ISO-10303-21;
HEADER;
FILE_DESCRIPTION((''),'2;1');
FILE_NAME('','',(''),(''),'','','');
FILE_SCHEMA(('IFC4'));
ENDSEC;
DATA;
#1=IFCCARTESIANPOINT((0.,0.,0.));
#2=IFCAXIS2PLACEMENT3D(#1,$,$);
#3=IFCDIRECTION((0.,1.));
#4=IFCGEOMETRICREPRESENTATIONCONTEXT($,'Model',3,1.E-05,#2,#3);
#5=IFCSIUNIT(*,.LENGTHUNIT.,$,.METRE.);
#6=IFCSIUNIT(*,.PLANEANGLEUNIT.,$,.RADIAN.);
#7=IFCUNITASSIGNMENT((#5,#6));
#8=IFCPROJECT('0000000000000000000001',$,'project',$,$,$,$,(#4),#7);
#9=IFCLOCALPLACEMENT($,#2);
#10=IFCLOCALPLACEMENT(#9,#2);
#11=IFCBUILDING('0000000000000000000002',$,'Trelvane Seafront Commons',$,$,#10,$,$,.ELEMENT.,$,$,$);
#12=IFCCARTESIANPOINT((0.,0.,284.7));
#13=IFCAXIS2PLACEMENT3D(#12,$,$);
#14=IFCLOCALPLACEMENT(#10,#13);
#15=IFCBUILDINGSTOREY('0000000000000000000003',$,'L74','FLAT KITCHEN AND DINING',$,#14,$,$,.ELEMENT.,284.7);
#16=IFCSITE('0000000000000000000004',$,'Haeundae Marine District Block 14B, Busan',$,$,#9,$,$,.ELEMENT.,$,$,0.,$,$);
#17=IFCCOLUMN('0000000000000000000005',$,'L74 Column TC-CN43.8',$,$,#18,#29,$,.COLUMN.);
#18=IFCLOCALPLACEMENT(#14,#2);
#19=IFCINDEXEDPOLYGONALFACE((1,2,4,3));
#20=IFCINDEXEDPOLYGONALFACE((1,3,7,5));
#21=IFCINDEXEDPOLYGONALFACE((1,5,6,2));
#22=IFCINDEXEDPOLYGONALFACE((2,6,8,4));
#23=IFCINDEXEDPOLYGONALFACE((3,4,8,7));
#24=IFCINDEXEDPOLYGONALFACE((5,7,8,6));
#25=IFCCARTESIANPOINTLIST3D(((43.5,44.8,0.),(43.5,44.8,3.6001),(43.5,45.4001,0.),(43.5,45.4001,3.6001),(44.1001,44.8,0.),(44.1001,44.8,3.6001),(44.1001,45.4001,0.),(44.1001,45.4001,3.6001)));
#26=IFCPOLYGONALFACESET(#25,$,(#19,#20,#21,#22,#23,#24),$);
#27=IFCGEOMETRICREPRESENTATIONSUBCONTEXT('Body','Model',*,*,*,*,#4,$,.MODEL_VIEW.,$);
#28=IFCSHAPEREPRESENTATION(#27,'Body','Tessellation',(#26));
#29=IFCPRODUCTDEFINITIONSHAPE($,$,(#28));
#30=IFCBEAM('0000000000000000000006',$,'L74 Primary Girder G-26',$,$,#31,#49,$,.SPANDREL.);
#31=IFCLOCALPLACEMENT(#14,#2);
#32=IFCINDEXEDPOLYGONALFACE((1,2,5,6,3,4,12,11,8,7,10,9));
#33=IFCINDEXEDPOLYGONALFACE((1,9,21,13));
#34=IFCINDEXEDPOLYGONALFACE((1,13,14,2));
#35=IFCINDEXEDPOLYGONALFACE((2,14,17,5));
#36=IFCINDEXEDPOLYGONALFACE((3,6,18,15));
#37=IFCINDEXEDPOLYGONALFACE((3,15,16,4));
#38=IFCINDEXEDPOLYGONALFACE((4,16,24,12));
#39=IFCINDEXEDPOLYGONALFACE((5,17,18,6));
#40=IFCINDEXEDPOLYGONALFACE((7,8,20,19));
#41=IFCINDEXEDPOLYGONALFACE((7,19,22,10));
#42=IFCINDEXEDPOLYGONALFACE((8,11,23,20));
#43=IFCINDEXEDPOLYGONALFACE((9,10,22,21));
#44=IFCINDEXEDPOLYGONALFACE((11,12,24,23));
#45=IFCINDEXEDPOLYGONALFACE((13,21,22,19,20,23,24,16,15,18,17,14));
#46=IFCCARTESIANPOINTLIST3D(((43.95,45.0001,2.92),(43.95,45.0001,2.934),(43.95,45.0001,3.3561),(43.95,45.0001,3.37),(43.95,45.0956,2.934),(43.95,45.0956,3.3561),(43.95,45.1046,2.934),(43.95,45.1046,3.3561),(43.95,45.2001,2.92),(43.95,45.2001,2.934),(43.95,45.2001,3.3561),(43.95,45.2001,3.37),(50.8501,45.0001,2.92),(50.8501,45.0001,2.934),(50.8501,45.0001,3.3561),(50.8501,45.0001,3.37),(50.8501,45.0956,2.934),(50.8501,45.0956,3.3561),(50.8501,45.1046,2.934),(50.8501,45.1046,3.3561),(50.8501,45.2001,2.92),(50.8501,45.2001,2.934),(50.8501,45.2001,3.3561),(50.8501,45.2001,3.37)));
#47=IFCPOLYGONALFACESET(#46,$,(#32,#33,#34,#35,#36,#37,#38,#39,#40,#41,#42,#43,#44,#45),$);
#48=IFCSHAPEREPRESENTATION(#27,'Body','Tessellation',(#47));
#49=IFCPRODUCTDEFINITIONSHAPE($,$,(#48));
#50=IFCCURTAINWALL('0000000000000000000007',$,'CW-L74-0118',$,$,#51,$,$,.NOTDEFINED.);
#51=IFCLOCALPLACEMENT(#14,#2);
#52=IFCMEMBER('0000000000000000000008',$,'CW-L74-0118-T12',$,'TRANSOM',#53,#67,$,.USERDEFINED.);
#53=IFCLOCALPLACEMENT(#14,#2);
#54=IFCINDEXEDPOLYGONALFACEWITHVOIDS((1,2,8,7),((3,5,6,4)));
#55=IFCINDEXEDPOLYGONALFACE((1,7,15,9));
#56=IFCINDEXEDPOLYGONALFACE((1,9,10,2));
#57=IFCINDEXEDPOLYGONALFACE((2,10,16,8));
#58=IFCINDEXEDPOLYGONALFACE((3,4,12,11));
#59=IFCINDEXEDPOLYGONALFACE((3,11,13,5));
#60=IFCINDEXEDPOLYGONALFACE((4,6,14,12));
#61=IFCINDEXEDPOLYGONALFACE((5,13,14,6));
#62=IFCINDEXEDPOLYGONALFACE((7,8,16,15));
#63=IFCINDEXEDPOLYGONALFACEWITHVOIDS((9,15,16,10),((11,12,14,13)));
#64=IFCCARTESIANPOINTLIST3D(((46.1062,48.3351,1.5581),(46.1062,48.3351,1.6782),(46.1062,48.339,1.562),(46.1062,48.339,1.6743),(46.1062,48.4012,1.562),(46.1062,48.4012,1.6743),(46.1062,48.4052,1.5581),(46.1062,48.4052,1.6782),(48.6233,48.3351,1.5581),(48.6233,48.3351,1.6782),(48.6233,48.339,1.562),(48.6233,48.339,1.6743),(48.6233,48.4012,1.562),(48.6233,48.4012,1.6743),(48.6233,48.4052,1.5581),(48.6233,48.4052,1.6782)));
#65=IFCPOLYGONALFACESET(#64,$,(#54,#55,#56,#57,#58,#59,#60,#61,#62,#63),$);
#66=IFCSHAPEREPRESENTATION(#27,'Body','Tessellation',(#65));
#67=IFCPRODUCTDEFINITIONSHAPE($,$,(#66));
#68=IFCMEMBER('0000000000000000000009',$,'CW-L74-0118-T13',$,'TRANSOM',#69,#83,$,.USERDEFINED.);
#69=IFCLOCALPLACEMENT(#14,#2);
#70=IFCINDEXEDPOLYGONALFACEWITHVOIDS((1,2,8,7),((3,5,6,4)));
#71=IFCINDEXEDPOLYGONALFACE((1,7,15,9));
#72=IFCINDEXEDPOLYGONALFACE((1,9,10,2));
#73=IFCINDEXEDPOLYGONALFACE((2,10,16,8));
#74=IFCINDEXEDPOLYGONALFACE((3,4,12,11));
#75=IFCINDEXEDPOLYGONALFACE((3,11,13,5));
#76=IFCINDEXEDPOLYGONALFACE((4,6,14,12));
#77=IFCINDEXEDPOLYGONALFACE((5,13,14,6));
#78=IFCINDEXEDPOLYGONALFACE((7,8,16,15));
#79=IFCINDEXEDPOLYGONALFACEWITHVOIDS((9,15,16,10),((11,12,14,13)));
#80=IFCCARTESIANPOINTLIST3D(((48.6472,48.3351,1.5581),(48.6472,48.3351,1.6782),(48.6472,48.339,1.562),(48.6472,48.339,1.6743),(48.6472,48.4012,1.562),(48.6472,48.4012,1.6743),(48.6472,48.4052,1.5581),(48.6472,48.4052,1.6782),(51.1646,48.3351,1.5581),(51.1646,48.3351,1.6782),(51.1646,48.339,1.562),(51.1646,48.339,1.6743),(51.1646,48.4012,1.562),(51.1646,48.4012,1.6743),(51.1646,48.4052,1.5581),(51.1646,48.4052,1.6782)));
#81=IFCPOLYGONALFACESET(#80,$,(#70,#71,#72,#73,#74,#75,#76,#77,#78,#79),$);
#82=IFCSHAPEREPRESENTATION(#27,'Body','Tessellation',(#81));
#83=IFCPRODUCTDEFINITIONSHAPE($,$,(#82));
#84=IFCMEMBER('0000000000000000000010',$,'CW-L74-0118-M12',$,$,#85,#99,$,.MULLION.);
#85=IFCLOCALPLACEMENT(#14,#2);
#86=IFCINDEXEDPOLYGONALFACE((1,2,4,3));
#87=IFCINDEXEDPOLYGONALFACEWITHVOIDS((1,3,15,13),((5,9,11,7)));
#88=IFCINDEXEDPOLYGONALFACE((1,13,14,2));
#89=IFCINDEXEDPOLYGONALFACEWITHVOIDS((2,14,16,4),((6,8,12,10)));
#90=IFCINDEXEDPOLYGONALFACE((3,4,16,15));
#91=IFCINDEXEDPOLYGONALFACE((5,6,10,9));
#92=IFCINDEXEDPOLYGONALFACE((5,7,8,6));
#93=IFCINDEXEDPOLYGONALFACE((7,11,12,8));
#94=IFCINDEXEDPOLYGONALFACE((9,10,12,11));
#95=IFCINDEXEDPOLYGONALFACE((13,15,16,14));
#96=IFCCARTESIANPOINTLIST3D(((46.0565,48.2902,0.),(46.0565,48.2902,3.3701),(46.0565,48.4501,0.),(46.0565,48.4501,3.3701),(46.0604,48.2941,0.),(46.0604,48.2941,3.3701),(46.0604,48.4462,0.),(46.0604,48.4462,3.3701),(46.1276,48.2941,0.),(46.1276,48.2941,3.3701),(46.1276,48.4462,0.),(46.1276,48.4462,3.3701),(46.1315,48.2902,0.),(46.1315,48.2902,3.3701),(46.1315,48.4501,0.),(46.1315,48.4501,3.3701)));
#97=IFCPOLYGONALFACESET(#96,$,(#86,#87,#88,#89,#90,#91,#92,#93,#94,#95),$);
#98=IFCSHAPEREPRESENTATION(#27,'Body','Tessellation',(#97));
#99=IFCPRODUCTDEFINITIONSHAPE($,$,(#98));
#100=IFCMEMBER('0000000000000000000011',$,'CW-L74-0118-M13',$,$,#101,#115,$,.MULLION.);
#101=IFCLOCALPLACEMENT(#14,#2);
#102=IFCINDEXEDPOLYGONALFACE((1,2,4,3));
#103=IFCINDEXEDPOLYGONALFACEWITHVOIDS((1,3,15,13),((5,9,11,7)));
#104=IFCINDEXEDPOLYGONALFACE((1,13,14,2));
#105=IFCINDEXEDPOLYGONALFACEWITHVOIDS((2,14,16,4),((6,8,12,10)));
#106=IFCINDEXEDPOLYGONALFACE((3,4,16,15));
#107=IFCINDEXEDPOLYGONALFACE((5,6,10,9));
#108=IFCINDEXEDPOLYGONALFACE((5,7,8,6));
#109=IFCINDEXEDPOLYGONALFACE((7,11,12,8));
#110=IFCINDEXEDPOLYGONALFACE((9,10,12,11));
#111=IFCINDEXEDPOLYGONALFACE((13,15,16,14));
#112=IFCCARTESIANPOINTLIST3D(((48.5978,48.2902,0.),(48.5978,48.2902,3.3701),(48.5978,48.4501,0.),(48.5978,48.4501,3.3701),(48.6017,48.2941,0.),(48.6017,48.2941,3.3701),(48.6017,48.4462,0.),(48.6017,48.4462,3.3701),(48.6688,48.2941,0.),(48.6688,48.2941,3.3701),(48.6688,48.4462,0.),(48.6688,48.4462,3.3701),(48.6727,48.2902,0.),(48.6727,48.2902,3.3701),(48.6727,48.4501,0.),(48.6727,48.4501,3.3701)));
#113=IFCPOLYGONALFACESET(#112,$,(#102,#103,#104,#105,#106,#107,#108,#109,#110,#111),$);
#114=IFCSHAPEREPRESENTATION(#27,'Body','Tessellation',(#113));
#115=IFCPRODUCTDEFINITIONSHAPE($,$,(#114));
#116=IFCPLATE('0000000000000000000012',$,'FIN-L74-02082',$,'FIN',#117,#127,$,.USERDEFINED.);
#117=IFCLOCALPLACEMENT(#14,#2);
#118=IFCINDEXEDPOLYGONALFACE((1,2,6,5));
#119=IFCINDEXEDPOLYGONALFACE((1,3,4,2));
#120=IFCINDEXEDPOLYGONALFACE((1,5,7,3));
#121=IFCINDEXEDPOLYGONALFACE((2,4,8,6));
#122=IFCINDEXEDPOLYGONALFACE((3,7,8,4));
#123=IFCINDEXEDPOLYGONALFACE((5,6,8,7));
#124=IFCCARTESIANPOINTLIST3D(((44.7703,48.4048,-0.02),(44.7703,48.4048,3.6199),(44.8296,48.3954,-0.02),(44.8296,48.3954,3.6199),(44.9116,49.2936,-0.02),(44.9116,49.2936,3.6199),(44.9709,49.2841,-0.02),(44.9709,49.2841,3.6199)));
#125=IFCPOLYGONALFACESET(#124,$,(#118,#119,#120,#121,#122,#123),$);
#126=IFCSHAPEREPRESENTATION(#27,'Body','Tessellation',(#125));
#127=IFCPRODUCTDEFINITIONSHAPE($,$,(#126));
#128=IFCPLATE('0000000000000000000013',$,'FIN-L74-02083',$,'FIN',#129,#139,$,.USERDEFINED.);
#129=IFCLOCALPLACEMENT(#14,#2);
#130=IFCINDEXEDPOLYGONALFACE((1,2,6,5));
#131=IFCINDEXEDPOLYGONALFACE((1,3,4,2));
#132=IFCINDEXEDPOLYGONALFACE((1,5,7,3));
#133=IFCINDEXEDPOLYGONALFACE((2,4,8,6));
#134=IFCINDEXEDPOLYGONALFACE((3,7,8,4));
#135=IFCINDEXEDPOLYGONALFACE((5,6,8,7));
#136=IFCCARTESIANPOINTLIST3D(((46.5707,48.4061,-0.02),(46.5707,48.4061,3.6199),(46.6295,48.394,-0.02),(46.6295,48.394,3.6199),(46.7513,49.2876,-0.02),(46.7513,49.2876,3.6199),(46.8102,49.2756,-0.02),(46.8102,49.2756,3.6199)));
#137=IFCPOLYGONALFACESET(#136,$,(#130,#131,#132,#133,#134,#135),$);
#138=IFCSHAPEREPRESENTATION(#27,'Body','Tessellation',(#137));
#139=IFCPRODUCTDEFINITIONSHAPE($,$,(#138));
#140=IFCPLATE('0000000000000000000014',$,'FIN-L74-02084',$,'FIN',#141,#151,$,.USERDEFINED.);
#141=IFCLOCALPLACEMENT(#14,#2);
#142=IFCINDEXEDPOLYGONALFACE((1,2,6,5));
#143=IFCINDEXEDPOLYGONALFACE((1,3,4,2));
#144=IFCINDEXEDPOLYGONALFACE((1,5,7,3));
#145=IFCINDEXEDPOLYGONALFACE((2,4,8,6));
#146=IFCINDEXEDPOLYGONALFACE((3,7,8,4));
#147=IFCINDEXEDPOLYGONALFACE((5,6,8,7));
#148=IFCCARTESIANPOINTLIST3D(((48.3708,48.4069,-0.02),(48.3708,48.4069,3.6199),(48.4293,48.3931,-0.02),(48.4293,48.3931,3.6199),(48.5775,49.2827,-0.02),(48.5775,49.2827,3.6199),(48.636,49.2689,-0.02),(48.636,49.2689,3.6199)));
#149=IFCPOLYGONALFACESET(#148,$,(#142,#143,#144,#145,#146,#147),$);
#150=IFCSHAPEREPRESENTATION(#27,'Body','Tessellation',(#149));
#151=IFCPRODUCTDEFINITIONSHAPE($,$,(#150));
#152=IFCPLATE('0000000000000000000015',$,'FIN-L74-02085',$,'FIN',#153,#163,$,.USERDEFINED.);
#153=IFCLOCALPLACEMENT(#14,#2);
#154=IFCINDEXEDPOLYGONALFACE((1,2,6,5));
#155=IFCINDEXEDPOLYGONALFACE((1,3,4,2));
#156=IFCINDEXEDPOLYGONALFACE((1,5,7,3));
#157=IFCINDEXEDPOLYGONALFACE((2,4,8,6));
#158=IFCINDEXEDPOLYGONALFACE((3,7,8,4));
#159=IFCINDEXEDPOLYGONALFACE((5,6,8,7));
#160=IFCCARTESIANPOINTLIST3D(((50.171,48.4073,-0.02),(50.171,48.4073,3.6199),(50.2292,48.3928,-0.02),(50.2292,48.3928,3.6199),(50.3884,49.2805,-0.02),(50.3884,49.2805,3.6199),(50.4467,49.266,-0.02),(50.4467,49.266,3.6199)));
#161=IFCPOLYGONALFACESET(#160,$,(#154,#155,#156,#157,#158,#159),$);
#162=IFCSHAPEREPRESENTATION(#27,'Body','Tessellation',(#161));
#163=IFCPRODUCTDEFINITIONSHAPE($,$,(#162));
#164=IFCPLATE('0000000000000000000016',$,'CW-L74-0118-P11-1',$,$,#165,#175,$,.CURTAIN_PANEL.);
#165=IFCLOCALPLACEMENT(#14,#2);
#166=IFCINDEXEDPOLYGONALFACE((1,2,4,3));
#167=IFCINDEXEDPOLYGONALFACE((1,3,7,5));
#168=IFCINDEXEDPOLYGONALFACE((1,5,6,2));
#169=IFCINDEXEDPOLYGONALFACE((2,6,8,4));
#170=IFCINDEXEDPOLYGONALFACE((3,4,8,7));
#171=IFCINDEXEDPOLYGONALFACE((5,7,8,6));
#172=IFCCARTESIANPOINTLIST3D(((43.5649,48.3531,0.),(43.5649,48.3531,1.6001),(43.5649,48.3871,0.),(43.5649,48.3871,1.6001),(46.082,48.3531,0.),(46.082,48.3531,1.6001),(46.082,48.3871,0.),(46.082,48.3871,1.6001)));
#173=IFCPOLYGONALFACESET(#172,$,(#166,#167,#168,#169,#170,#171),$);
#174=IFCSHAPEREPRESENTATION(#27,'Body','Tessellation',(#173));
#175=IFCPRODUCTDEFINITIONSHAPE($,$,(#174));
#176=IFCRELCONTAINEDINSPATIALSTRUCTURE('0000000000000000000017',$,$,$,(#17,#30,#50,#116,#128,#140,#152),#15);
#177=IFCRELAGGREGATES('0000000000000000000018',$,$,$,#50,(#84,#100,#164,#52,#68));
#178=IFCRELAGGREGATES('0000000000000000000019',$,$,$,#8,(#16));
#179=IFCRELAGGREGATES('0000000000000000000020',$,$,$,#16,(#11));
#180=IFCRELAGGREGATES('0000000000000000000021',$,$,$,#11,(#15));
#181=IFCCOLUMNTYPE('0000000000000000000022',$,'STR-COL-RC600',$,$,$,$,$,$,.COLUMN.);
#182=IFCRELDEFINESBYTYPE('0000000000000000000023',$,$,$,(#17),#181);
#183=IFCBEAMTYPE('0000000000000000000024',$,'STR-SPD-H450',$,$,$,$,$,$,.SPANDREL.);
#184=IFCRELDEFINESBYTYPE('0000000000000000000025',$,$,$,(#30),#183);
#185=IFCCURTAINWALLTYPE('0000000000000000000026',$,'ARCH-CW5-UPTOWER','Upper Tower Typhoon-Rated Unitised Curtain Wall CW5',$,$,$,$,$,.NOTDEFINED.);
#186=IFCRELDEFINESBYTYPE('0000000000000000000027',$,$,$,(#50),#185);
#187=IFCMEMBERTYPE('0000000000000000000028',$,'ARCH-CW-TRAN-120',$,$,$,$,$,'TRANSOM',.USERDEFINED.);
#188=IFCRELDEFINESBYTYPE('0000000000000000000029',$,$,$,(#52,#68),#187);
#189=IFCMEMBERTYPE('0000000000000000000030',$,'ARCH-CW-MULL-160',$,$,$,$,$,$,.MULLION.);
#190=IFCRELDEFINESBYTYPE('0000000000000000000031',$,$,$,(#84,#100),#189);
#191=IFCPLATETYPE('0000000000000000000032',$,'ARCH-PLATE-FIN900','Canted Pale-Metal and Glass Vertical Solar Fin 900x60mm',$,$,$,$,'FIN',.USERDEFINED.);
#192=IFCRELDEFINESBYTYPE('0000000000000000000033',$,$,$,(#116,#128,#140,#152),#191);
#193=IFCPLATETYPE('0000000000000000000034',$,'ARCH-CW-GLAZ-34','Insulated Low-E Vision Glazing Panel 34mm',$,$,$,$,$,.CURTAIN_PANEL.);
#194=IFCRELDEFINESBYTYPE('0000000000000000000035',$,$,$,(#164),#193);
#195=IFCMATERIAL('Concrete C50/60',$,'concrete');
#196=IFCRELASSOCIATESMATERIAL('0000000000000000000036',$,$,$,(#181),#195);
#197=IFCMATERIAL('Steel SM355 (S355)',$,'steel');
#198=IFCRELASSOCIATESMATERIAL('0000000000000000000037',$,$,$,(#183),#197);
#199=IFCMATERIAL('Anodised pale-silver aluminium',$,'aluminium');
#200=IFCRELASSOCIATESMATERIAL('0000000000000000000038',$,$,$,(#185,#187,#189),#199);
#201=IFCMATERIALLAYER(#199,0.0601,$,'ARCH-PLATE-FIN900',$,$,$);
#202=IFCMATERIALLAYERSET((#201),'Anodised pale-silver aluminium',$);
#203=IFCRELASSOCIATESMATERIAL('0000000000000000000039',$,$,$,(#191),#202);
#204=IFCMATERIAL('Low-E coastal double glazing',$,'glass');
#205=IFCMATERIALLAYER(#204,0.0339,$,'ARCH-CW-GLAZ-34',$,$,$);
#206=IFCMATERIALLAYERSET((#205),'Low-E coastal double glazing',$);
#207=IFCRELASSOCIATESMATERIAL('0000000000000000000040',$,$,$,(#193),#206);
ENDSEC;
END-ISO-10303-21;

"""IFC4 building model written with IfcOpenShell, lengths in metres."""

from ifc_helpers import new_model, si_unit, direction, frame, origin, origin_2d, place, context, subcontext, project, spatial, rectangle, hollow_rectangle, i_section, extrude, source, transform, mapped, material, layer, layer_set, material_profile, profile_set, type_object, element, aggregate, save


model = new_model("IFC4")

# Units and contexts
model_context = context("Model", 3, precision=1e-05, world=origin(), true_north=direction((0.0, 1.0)))
body_context = subcontext(model_context, "Body", "Model", "MODEL_VIEW")
ifc_project = project(units=[si_unit("LENGTHUNIT", "METRE"), si_unit("PLANEANGLEUNIT", "RADIAN")], contexts=[model_context])

# Site, building, storey
site_placement = place(None, origin())
site = spatial("IfcSite", under=ifc_project, at=site_placement, Name="Haeundae Marine District Block 14B, Busan", CompositionType="ELEMENT", RefElevation=0.0)
building_placement = place(site_placement, origin())
building = spatial("IfcBuilding", under=site, at=building_placement, Name="Trelvane Seafront Commons", CompositionType="ELEMENT")
storey_placement = place(building_placement, frame((0.0, 0.0, 284.7)))
storey = spatial("IfcBuildingStorey", under=building, at=storey_placement, Name="L74", Description="FLAT KITCHEN AND DINING", CompositionType="ELEMENT", Elevation=284.7)

# Column
ifc_material_1 = material(Name="Concrete C50/60", Category="concrete")
ifc_material_profile_1 = material_profile(ifc_material_1, rectangle(XDim=0.6001, YDim=0.6001, at=origin_2d()), Name="RC-600x600")
ifc_profile_set_1 = profile_set([ifc_material_profile_1], Name="Concrete C50/60")
column_type = type_object("IfcColumnType", Name="STR-COL-RC600", PredefinedType="COLUMN", material=ifc_profile_set_1)
shared_shape_1 = source(origin(), body_context, "Body", "SweptSolid", [
    extrude(rectangle(XDim=0.6001, YDim=0.6001, at=origin_2d()), origin(), (0.0, 0.0, 1.0), 3.6001),
])
column_placement = place(storey_placement, frame((43.8, 45.1001, 0.0), z_axis=(0.0, 0.0, 1.0), x_axis=(1.0, 0.0, 0.0)))
element("IfcColumn", 1, at=column_placement, inside=storey, type_object=column_type, Name="L74 Column TC-CN43.8", PredefinedType="COLUMN", context=body_context, shape_type="MappedRepresentation", body=[
    mapped(shared_shape_1, transform((0.0, 0.0, 0.0), x_axis=(1.0, 0.0, 0.0), y_axis=(0.0, 1.0, 0.0), z_axis=(0.0, 0.0, 1.0), scale=1.0)),
])

# Beam
ifc_material_2 = material(Name="Steel SM355 (S355)", Category="steel")
ifc_material_profile_2 = material_profile(ifc_material_2, i_section(OverallWidth=0.2, OverallDepth=0.45, WebThickness=0.009, FlangeThickness=0.0139, at=origin_2d()), Name="H-450x200x9x14")
ifc_profile_set_2 = profile_set([ifc_material_profile_2], Name="Steel SM355 (S355)")
beam_type = type_object("IfcBeamType", Name="STR-SPD-H450", PredefinedType="SPANDREL", material=ifc_profile_set_2)
shared_shape_2 = source(origin(), body_context, "Body", "SweptSolid", [
    extrude(i_section(OverallWidth=0.2, OverallDepth=0.45, WebThickness=0.009, FlangeThickness=0.0139, at=origin_2d()), origin(), (0.0, 0.0, 1.0), 6.9001),
])
beam_placement = place(storey_placement, frame((43.95, 45.1001, 3.145), z_axis=(1.0, 0.0, 0.0), x_axis=(0.0, 1.0, 0.0)))
element("IfcBeam", 2, at=beam_placement, inside=storey, type_object=beam_type, Name="L74 Primary Girder G-26", PredefinedType="SPANDREL", context=body_context, shape_type="MappedRepresentation", body=[
    mapped(shared_shape_2, transform((0.0, 0.0, 0.0), x_axis=(1.0, 0.0, 0.0), y_axis=(0.0, 1.0, 0.0), z_axis=(0.0, 0.0, 1.0), scale=1.0)),
])

# Curtain wall, members
ifc_material_3 = material(Name="Anodised pale-silver aluminium", Category="aluminium")
curtain_wall_type = type_object("IfcCurtainWallType", Name="ARCH-CW5-UPTOWER", Description="Upper Tower Typhoon-Rated Unitised Curtain Wall CW5", PredefinedType="NOTDEFINED", material=ifc_material_3)
curtain_wall_placement = place(storey_placement, origin())
curtain_wall = element("IfcCurtainWall", 3, at=curtain_wall_placement, inside=storey, type_object=curtain_wall_type, Name="CW-L74-0118", PredefinedType="NOTDEFINED")
ifc_material_profile_3 = material_profile(ifc_material_3, hollow_rectangle(XDim=0.0701, YDim=0.1201, WallThickness=0.0039, at=origin_2d()), Name="TRAN-70x120x4")
ifc_profile_set_3 = profile_set([ifc_material_profile_3], Name="Anodised pale-silver aluminium")
member_type_1 = type_object("IfcMemberType", Name="ARCH-CW-TRAN-120", ElementType="TRANSOM", PredefinedType="USERDEFINED", material=ifc_profile_set_3)
shared_shape_3 = source(origin(), body_context, "Body", "SweptSolid", [
    extrude(hollow_rectangle(XDim=0.0701, YDim=0.1201, WallThickness=0.0039, at=origin_2d()), origin(), (0.0, 0.0, 1.0), 2.5171),
])
member_1_placement = place(storey_placement, frame((46.1062, 48.3701, 1.6182), z_axis=(1.0, 0.0, 0.0), x_axis=(0.0, 1.0, 0.0)))
member_1 = element("IfcMember", 4, at=member_1_placement, type_object=member_type_1, Name="CW-L74-0118-T12", ObjectType="TRANSOM", PredefinedType="USERDEFINED", context=body_context, shape_type="MappedRepresentation", body=[
    mapped(shared_shape_3, transform((0.0, 0.0, 0.0), x_axis=(1.0, 0.0, 0.0), y_axis=(0.0, 1.0, 0.0), z_axis=(0.0, 0.0, 1.0), scale=1.0)),
])
shared_shape_4 = source(origin(), body_context, "Body", "SweptSolid", [
    extrude(hollow_rectangle(XDim=0.0701, YDim=0.1201, WallThickness=0.0039, at=origin_2d()), origin(), (0.0, 0.0, 1.0), 2.5173),
])
member_2_placement = place(storey_placement, frame((48.6472, 48.3701, 1.6182), z_axis=(1.0, 0.0, 0.0), x_axis=(0.0, 1.0, 0.0)))
member_2 = element("IfcMember", 5, at=member_2_placement, type_object=member_type_1, Name="CW-L74-0118-T13", ObjectType="TRANSOM", PredefinedType="USERDEFINED", context=body_context, shape_type="MappedRepresentation", body=[
    mapped(shared_shape_4, transform((0.0, 0.0, 0.0), x_axis=(1.0, 0.0, 0.0), y_axis=(0.0, 1.0, 0.0), z_axis=(0.0, 0.0, 1.0), scale=1.0)),
])
ifc_material_profile_4 = material_profile(ifc_material_3, hollow_rectangle(XDim=0.075, YDim=0.1599, WallThickness=0.0039, at=origin_2d()), Name="MULL-75x160x4")
ifc_profile_set_4 = profile_set([ifc_material_profile_4], Name="Anodised pale-silver aluminium")
member_type_2 = type_object("IfcMemberType", Name="ARCH-CW-MULL-160", PredefinedType="MULLION", material=ifc_profile_set_4)
shared_shape_5 = source(origin(), body_context, "Body", "SweptSolid", [
    extrude(hollow_rectangle(XDim=0.075, YDim=0.1599, WallThickness=0.0039, at=origin_2d()), origin(), (0.0, 0.0, 1.0), 3.3701),
])
member_3_placement = place(storey_placement, frame((46.094, 48.3701, 0.0), z_axis=(0.0, 0.0, 1.0), x_axis=(1.0, 0.0, 0.0)))
member_3 = element("IfcMember", 6, at=member_3_placement, type_object=member_type_2, Name="CW-L74-0118-M12", PredefinedType="MULLION", context=body_context, shape_type="MappedRepresentation", body=[
    mapped(shared_shape_5, transform((0.0, 0.0, 0.0), x_axis=(1.0, 0.0, 0.0), y_axis=(0.0, 1.0, 0.0), z_axis=(0.0, 0.0, 1.0), scale=1.0)),
])
member_4_placement = place(storey_placement, frame((48.6353, 48.3701, 0.0), z_axis=(0.0, 0.0, 1.0), x_axis=(1.0, 0.0, 0.0)))
member_4 = element("IfcMember", 7, at=member_4_placement, type_object=member_type_2, Name="CW-L74-0118-M13", PredefinedType="MULLION", context=body_context, shape_type="MappedRepresentation", body=[
    mapped(shared_shape_5, transform((0.0, 0.0, 0.0), x_axis=(1.0, 0.0, 0.0), y_axis=(0.0, 1.0, 0.0), z_axis=(0.0, 0.0, 1.0), scale=1.0)),
])

# Plates
ifc_layer_1 = layer(ifc_material_3, 0.0601, Name="ARCH-PLATE-FIN900")
ifc_layer_set_1 = layer_set([ifc_layer_1], Name="Anodised pale-silver aluminium")
plate_type_1 = type_object("IfcPlateType", Name="ARCH-PLATE-FIN900", Description="Canted Pale-Metal and Glass Vertical Solar Fin 900x60mm", ElementType="FIN", PredefinedType="USERDEFINED", material=ifc_layer_set_1)
shared_shape_6 = source(origin(), body_context, "Body", "SweptSolid", [
    extrude(rectangle(XDim=0.8999, YDim=0.0601, at=origin_2d()), origin(), (0.0, 0.0, 1.0), 3.6399),
])
for number, where, z_axis, x_axis, name in (
    (8, (44.8706, 48.8445, -0.02), (0.0, 0.0, 1.0), (0.157007, 0.987598, 0.0), "FIN-L74-02082"),
    (9, (46.6904, 48.8408, -0.02), (0.0, 0.0, 1.0), (0.200772, 0.979638, 0.0), "FIN-L74-02083"),
    (10, (48.5034, 48.8379, -0.02), (0.0, 0.0, 1.0), (0.229678, 0.973267, 0.0), "FIN-L74-02084"),
    (11, (50.3088, 48.8367, -0.02), (0.0, 0.0, 1.0), (0.241673, 0.970358, 0.0), "FIN-L74-02085"),
):
    element("IfcPlate", number, at=place(storey_placement, frame(where, z_axis=z_axis, x_axis=x_axis)), inside=storey, type_object=plate_type_1, Name=name, ObjectType="FIN", PredefinedType="USERDEFINED", context=body_context, shape_type="MappedRepresentation", body=[
        mapped(shared_shape_6, transform((0.0, 0.0, 0.0), x_axis=(1.0, 0.0, 0.0), y_axis=(0.0, 1.0, 0.0), z_axis=(0.0, 0.0, 1.0), scale=1.0)),
    ])

# Plate
ifc_material_4 = material(Name="Low-E coastal double glazing", Category="glass")
ifc_layer_2 = layer(ifc_material_4, 0.0339, Name="ARCH-CW-GLAZ-34")
ifc_layer_set_2 = layer_set([ifc_layer_2], Name="Low-E coastal double glazing")
plate_type_2 = type_object("IfcPlateType", Name="ARCH-CW-GLAZ-34", Description="Insulated Low-E Vision Glazing Panel 34mm", PredefinedType="CURTAIN_PANEL", material=ifc_layer_set_2)
shared_shape_7 = source(origin(), body_context, "Body", "SweptSolid", [
    extrude(rectangle(XDim=2.5171, YDim=0.0339, at=origin_2d()), origin(), (0.0, 0.0, 1.0), 1.6001),
])
plate_1_placement = place(storey_placement, frame((44.8235, 48.3701, 0.0), z_axis=(0.0, 0.0, 1.0), x_axis=(1.0, 0.0, 0.0)))
plate_1 = element("IfcPlate", 12, at=plate_1_placement, type_object=plate_type_2, Name="CW-L74-0118-P11-1", PredefinedType="CURTAIN_PANEL", context=body_context, shape_type="MappedRepresentation", body=[
    mapped(shared_shape_7, transform((0.0, 0.0, 0.0), x_axis=(1.0, 0.0, 0.0), y_axis=(0.0, 1.0, 0.0), z_axis=(0.0, 0.0, 1.0), scale=1.0)),
])
aggregate(curtain_wall, [member_3, member_4, plate_1, member_1, member_2])

save(model, "model.ifc")
